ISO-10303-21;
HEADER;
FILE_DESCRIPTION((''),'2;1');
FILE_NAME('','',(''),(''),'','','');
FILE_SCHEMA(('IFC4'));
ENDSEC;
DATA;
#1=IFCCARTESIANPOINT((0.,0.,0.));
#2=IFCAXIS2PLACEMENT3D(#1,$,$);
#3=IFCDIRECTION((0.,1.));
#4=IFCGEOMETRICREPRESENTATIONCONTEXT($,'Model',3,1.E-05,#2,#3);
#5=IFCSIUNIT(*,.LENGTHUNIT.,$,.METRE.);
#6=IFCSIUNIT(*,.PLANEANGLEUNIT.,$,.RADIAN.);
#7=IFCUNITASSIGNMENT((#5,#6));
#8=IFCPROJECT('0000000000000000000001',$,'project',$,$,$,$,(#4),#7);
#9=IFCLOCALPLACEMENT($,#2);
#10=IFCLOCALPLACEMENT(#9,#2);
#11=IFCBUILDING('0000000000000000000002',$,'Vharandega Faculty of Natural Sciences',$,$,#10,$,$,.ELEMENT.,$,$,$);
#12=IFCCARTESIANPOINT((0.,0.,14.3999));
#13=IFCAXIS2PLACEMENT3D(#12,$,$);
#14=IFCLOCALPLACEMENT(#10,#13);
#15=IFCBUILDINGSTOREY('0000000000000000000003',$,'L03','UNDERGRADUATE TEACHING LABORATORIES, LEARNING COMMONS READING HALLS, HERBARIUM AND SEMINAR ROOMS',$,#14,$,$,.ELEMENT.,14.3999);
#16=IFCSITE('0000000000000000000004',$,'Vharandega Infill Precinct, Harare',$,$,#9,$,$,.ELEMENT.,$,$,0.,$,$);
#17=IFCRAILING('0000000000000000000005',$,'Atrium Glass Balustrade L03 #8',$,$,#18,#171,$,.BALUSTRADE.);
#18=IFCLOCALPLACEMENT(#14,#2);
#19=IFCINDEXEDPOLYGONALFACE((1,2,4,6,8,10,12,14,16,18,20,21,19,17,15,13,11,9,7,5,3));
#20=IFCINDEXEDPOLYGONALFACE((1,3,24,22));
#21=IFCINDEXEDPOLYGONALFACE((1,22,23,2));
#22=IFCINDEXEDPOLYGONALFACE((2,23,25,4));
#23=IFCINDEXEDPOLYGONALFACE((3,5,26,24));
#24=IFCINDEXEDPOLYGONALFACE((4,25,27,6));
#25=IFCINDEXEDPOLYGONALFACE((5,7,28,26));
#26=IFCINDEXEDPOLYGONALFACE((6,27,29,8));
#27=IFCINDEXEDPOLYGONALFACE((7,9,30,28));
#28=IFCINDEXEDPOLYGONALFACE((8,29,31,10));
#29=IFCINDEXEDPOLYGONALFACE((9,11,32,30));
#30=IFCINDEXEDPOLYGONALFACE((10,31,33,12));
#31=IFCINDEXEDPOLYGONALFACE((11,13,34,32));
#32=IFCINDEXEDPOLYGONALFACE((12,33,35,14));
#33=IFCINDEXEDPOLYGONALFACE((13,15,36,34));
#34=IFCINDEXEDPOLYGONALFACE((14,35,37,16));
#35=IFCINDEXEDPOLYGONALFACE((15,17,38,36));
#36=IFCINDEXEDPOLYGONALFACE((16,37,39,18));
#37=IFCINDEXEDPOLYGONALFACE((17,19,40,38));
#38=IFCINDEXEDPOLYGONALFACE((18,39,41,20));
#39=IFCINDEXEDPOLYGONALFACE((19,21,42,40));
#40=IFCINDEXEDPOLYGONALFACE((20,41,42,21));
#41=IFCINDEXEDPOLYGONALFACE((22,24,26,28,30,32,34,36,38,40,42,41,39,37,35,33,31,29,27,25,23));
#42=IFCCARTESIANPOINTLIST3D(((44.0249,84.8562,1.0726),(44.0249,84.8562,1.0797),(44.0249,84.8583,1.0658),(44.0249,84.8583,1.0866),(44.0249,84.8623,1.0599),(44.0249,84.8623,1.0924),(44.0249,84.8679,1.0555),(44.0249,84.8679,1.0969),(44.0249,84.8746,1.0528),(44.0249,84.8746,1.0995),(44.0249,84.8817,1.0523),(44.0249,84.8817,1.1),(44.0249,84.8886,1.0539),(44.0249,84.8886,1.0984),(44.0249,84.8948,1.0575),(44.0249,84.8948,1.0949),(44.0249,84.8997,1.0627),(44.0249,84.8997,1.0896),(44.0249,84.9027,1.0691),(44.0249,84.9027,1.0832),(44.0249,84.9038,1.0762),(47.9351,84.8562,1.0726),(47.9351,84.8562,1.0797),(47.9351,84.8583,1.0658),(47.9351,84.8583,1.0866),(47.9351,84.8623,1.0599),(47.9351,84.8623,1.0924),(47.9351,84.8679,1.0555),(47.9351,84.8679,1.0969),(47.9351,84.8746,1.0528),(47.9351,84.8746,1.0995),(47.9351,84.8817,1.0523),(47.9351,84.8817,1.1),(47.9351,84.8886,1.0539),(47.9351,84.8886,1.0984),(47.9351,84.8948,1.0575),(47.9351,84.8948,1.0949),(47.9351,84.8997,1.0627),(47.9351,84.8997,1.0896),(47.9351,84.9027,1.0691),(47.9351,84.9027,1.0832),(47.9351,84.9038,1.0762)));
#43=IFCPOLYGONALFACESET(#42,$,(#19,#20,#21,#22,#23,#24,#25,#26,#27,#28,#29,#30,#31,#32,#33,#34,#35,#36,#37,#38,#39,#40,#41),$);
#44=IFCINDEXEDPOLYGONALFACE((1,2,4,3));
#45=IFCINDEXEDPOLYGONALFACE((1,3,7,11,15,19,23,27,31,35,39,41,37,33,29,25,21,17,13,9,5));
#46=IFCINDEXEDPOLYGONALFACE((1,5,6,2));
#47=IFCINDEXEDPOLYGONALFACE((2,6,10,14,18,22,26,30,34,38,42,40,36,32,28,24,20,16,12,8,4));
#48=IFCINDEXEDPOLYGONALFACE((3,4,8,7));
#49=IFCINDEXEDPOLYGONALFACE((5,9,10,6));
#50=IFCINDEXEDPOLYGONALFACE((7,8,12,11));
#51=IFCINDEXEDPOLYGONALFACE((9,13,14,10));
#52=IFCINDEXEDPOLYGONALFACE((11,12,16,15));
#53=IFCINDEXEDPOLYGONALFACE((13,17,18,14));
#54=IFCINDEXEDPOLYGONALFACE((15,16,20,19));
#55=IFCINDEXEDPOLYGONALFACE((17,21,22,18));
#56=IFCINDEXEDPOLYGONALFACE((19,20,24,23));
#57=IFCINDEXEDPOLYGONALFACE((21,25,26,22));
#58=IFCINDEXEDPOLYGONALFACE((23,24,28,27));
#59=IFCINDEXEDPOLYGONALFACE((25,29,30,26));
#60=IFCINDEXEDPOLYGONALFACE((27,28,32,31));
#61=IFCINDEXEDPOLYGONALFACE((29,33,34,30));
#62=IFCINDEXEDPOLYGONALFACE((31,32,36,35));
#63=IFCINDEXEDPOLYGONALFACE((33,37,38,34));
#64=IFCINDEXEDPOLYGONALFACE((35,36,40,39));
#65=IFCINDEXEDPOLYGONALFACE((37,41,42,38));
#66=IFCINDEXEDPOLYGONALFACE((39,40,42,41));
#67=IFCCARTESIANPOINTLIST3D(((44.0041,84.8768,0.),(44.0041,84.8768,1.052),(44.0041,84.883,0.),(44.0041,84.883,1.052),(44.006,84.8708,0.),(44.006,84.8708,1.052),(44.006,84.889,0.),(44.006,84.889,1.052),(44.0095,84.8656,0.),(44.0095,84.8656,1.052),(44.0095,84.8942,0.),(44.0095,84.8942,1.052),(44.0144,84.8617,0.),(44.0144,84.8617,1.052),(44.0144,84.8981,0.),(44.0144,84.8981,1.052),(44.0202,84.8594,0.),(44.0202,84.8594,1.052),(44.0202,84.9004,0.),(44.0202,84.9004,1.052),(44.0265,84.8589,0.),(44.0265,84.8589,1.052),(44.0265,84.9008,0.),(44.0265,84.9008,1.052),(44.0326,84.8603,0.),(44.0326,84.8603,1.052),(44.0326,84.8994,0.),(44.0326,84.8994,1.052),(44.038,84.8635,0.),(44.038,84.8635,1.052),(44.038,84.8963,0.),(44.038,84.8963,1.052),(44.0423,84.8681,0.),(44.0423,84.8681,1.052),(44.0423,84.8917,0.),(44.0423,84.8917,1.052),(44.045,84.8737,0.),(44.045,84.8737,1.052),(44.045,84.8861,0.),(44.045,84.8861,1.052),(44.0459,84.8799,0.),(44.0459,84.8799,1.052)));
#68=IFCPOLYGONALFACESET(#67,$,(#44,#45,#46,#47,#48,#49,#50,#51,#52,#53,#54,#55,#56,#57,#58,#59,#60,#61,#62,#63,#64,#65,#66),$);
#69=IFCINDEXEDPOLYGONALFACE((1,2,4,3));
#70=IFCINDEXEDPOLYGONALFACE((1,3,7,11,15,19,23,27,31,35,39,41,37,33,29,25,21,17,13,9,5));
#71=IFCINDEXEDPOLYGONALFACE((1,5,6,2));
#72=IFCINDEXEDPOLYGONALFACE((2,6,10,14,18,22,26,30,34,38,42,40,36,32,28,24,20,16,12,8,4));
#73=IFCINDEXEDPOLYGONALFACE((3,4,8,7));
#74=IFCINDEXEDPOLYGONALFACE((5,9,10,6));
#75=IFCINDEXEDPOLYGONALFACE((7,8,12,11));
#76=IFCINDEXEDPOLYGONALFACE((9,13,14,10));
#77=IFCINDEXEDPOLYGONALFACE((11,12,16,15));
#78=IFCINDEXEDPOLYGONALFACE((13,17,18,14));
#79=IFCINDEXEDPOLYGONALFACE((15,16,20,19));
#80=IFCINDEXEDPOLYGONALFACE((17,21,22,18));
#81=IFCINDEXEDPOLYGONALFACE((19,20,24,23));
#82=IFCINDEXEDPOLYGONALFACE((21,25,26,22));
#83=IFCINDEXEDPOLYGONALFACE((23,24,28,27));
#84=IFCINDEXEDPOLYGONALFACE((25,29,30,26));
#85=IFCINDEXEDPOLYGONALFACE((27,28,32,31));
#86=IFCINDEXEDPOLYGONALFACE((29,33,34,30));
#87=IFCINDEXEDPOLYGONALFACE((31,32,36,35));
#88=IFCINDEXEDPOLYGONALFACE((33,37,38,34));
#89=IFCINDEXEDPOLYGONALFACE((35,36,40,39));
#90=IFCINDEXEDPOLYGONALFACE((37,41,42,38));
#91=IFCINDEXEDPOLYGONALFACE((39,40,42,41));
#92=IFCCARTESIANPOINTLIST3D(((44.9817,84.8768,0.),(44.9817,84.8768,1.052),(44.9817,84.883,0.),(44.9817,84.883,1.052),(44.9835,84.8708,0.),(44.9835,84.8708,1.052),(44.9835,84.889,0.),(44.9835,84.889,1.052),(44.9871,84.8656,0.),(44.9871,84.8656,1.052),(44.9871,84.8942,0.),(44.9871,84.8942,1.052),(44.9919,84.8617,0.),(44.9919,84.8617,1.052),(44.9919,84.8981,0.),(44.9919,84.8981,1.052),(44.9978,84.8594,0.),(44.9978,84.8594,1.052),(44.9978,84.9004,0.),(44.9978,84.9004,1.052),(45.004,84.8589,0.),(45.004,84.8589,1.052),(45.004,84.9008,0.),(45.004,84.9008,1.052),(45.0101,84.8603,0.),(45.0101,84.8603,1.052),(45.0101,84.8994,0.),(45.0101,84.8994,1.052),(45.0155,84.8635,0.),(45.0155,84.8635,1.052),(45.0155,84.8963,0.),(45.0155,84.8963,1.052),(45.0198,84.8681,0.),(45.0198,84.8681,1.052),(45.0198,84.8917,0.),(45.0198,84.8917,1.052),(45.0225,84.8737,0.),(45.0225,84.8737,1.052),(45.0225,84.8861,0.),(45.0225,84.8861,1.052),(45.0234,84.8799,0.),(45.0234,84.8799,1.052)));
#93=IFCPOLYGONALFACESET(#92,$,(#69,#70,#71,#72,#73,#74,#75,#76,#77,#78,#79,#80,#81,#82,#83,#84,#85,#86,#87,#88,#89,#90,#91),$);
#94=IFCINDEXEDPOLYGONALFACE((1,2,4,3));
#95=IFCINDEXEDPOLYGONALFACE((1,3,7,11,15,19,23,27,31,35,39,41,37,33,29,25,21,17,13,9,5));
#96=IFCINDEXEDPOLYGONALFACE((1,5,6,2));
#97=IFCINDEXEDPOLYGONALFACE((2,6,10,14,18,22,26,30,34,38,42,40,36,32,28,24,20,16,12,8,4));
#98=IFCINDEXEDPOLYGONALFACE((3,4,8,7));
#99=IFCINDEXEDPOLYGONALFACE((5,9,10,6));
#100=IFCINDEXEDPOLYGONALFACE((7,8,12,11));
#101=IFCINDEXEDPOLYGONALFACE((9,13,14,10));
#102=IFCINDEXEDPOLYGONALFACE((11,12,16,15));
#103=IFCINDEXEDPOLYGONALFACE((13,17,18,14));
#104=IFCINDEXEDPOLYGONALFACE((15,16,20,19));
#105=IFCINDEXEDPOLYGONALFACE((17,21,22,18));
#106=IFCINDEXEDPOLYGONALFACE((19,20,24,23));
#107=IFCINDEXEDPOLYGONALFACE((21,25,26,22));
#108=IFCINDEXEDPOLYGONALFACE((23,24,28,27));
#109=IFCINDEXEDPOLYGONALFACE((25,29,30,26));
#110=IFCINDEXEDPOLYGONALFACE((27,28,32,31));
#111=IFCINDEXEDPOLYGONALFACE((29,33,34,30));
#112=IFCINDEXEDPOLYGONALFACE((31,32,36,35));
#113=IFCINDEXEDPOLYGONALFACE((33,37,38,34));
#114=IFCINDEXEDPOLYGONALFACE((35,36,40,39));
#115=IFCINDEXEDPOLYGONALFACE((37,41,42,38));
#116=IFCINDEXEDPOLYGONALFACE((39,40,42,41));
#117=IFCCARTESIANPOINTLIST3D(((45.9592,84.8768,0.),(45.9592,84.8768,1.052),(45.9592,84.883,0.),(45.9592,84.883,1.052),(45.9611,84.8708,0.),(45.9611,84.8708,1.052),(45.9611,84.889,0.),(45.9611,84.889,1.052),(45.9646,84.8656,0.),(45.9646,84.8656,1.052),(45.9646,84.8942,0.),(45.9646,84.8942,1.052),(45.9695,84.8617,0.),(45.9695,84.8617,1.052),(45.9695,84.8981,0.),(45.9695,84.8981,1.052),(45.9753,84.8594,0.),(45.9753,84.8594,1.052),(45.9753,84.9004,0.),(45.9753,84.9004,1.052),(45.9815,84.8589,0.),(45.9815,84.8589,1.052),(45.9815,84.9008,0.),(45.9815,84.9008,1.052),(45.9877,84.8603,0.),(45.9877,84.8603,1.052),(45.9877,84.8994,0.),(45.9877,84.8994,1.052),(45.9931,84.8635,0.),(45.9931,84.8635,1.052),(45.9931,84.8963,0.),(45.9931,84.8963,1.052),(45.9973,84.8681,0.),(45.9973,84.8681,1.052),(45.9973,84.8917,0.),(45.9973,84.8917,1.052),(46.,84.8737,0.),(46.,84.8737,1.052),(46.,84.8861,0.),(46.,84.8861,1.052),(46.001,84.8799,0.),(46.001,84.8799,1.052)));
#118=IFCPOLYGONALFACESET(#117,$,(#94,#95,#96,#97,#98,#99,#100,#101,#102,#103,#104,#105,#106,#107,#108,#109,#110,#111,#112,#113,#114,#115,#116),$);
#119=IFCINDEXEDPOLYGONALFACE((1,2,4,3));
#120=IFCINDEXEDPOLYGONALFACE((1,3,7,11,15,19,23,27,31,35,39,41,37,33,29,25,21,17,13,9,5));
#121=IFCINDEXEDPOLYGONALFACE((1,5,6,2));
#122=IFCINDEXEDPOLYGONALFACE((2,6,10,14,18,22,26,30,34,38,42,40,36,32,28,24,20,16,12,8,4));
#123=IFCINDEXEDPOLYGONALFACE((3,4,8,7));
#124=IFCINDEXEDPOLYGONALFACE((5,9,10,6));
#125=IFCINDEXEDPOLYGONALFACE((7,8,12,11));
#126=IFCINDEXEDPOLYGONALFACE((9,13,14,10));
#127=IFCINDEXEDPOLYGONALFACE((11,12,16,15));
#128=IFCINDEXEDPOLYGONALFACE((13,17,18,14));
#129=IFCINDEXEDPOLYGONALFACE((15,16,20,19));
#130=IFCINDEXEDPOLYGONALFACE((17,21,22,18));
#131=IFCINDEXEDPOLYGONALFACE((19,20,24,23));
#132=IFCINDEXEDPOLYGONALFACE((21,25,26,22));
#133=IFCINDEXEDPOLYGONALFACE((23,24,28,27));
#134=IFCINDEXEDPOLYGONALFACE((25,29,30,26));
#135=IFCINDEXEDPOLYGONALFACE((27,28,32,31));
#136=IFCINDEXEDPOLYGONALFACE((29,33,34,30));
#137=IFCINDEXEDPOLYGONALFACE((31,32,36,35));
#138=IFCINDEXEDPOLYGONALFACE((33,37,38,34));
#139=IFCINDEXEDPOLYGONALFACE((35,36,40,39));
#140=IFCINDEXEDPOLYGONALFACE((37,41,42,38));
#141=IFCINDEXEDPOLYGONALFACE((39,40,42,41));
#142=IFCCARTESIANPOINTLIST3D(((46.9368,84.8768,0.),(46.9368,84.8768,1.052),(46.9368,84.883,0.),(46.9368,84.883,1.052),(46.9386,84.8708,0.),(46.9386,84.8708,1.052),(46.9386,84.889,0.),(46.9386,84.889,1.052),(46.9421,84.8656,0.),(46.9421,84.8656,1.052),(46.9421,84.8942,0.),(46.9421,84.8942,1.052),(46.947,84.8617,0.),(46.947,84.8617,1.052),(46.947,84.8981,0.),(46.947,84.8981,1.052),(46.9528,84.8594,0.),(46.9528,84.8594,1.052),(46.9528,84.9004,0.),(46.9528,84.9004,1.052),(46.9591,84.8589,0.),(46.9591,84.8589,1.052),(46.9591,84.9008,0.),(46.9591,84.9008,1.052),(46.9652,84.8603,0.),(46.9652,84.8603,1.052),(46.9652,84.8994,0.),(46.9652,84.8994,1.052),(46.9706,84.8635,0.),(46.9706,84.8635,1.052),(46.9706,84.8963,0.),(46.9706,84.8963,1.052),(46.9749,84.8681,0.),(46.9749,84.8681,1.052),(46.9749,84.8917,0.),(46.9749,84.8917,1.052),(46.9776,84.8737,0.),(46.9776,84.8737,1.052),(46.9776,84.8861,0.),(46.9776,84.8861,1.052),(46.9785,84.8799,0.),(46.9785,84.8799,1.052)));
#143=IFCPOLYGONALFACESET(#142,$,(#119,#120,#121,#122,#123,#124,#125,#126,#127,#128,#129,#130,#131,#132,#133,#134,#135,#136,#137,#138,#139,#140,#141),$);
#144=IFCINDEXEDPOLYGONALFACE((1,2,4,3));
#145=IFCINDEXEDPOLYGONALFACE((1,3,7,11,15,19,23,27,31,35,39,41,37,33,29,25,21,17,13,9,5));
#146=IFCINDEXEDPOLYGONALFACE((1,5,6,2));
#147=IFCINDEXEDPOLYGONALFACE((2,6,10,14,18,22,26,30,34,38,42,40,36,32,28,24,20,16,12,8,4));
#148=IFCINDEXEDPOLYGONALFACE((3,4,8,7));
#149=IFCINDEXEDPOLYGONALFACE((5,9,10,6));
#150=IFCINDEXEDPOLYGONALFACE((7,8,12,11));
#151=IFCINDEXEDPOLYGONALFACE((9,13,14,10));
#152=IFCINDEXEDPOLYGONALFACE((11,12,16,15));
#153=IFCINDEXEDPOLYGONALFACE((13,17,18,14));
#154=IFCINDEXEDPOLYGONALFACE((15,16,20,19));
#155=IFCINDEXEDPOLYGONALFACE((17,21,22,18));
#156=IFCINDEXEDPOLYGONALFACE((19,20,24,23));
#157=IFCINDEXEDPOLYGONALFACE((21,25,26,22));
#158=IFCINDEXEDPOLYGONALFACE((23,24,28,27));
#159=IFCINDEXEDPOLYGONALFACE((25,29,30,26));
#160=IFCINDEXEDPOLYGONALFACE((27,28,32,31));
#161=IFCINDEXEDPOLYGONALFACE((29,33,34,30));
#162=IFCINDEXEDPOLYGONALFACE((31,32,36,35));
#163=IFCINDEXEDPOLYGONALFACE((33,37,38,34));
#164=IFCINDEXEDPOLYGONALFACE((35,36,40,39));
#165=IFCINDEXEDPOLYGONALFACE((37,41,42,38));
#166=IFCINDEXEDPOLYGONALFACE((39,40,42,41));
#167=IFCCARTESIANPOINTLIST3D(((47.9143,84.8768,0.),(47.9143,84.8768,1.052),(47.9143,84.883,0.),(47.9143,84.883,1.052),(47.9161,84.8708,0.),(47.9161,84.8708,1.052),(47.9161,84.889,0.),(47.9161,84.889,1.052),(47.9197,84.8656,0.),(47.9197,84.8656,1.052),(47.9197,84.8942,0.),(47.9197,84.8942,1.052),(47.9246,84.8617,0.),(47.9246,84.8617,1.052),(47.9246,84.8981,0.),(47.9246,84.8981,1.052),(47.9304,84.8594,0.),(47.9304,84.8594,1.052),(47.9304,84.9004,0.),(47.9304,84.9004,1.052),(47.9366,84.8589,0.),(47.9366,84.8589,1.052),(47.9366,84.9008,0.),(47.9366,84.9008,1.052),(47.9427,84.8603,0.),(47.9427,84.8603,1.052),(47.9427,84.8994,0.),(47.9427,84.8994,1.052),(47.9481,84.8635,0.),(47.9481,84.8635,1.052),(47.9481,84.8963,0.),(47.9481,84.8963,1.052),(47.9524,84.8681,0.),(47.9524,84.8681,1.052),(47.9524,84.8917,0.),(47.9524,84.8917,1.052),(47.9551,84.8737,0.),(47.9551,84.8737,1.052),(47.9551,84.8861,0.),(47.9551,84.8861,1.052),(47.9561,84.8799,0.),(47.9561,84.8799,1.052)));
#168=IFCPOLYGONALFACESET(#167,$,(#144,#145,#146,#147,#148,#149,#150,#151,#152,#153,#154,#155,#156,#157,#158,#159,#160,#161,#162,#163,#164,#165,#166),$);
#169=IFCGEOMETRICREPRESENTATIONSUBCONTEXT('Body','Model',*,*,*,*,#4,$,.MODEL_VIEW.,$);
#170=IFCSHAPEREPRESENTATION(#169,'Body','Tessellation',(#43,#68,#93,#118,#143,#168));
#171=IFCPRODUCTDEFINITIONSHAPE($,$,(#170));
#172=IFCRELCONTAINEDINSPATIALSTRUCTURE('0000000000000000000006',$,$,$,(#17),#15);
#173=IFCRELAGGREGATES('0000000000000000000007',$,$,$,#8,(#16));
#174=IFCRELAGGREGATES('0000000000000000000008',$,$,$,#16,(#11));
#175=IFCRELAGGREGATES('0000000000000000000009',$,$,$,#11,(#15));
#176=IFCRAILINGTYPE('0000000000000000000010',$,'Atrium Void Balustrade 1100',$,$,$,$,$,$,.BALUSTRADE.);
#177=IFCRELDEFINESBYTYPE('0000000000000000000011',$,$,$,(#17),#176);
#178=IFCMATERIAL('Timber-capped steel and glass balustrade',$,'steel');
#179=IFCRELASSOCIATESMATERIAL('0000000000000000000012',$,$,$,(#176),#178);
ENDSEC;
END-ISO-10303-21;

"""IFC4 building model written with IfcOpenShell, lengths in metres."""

from ifc_helpers import new_model, si_unit, direction, frame, origin, origin_2d, place, context, subcontext, project, spatial, circle, extrude, material, type_object, element, save


model = new_model("IFC4")

# Units and contexts
model_context = context("Model", 3, precision=1e-05, world=origin(), true_north=direction((0.0, 1.0)))
body_context = subcontext(model_context, "Body", "Model", "MODEL_VIEW")
ifc_project = project(units=[si_unit("LENGTHUNIT", "METRE"), si_unit("PLANEANGLEUNIT", "RADIAN")], contexts=[model_context])

# Site, building, storey
site_placement = place(None, origin())
site = spatial("IfcSite", under=ifc_project, at=site_placement, Name="Vharandega Infill Precinct, Harare", CompositionType="ELEMENT", RefElevation=0.0)
building_placement = place(site_placement, origin())
building = spatial("IfcBuilding", under=site, at=building_placement, Name="Vharandega Faculty of Natural Sciences", CompositionType="ELEMENT")
storey_placement = place(building_placement, frame((0.0, 0.0, 14.3999)))
storey = spatial("IfcBuildingStorey", under=building, at=storey_placement, Name="L03", Description="UNDERGRADUATE TEACHING LABORATORIES, LEARNING COMMONS READING HALLS, HERBARIUM AND SEMINAR ROOMS", CompositionType="ELEMENT", Elevation=14.3999)

# Railing
ifc_material_1 = material(Name="Timber-capped steel and glass balustrade", Category="steel")
railing_type = type_object("IfcRailingType", Name="Atrium Void Balustrade 1100", PredefinedType="BALUSTRADE", material=ifc_material_1)
for number, where, name in (
    (1, (44.0249, 84.8799, 0.0), "Atrium Glass Balustrade L03 #8"),
):
    element("IfcRailing", number, at=place(storey_placement, frame(where)), inside=storey, type_object=railing_type, Name=name, PredefinedType="BALUSTRADE", context=body_context, shape_type="SweptSolid", body=[
        extrude(circle(Radius=0.0239, at=origin_2d()), frame((0.0, 0.0, 1.0762), z_axis=(1.0, 0.0, 0.0), x_axis=(0.0, 1.0, 0.0)), (0.0, 0.0, 1.0), 3.9102),
        extrude(circle(Radius=0.021, at=origin_2d()), origin(), (0.0, 0.0, 1.0), 1.052),
        extrude(circle(Radius=0.021, at=origin_2d()), frame((0.9775, 0.0, 0.0)), (0.0, 0.0, 1.0), 1.052),
        extrude(circle(Radius=0.021, at=origin_2d()), frame((1.9551, 0.0, 0.0)), (0.0, 0.0, 1.0), 1.052),
        extrude(circle(Radius=0.021, at=origin_2d()), frame((2.9326, 0.0, 0.0)), (0.0, 0.0, 1.0), 1.052),
        extrude(circle(Radius=0.021, at=origin_2d()), frame((3.9102, 0.0, 0.0)), (0.0, 0.0, 1.0), 1.052),
    ])

save(model, "model.ifc")
